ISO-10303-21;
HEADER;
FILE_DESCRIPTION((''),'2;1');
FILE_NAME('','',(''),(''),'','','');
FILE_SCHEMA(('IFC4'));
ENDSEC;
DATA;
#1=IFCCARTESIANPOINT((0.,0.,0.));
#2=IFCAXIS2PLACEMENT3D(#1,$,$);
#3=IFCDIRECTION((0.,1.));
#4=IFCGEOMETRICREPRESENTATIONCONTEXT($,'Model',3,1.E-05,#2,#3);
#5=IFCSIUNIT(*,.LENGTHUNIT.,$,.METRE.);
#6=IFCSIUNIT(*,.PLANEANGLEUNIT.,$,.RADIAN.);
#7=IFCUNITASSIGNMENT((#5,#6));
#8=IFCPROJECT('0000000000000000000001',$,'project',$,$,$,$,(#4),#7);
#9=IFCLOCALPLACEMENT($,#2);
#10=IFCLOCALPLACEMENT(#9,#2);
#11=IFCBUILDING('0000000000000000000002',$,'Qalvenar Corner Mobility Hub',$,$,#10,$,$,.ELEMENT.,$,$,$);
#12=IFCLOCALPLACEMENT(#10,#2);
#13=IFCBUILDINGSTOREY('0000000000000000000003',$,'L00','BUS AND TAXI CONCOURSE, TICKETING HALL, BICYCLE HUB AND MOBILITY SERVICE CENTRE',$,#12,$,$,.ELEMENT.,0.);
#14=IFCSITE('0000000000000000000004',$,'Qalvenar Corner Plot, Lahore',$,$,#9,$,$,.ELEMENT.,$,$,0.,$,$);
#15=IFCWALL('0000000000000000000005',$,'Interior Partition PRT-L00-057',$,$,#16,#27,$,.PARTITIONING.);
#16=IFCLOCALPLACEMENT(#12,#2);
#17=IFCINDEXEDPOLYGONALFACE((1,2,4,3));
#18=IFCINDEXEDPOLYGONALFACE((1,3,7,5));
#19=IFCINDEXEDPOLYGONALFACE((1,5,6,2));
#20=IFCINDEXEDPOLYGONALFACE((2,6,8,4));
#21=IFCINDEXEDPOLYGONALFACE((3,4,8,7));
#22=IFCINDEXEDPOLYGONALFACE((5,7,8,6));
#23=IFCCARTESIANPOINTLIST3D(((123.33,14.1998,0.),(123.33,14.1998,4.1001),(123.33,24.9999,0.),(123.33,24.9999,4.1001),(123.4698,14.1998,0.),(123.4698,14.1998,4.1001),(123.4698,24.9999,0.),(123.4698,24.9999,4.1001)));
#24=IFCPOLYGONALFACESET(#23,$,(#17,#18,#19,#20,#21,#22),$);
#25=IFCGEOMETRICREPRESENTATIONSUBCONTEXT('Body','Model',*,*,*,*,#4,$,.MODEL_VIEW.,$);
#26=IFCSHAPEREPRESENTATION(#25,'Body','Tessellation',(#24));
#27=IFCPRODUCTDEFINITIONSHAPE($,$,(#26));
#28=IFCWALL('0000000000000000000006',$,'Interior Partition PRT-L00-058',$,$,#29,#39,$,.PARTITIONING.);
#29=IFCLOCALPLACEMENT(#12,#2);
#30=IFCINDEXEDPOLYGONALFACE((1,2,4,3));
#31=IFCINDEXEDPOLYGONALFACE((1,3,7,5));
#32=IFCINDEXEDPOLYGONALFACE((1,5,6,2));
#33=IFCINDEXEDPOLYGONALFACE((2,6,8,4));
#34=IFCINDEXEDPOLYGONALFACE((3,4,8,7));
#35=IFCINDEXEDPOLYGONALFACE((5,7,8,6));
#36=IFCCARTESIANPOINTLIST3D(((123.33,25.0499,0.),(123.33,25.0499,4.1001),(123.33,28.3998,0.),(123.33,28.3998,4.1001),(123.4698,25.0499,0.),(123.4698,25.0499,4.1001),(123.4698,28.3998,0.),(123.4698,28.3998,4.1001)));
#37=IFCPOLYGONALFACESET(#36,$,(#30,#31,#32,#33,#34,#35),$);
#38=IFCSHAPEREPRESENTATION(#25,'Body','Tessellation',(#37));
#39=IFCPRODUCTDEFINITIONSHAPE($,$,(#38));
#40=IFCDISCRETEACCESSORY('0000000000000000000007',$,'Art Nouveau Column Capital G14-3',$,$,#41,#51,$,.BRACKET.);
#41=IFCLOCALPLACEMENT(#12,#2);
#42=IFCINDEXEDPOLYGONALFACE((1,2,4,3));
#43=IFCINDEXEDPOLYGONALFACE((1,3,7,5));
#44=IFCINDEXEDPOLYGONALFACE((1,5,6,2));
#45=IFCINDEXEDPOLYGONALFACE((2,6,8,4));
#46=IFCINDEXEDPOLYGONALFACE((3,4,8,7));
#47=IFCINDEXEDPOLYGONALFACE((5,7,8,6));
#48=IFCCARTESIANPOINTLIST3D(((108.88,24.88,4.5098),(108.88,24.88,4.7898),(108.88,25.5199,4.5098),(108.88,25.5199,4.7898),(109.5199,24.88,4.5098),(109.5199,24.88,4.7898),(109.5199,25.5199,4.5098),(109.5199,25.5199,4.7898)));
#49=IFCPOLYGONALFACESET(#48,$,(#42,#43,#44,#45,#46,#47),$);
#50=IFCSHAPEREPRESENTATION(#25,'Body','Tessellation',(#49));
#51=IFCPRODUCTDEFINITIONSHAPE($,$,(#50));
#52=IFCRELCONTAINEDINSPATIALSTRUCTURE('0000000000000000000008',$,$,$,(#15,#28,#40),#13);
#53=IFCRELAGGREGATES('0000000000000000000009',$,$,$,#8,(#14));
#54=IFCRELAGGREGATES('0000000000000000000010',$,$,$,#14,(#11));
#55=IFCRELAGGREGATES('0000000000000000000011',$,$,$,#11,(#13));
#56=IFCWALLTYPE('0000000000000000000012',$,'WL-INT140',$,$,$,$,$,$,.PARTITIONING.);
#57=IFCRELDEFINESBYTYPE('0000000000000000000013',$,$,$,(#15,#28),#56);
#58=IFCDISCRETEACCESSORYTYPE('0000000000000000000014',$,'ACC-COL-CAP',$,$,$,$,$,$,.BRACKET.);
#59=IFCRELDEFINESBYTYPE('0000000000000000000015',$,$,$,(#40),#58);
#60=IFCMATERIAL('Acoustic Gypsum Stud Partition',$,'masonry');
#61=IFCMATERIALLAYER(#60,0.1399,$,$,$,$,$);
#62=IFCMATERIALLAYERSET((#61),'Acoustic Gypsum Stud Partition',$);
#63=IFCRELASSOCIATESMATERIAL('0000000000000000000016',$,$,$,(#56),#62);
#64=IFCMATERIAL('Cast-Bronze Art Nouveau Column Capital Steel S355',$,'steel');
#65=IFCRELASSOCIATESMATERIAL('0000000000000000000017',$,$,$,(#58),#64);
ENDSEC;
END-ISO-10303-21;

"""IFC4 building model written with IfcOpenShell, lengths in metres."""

from ifc_helpers import new_model, si_unit, direction, frame, frame_2d, origin, origin_2d, place, context, subcontext, project, spatial, rectangle, extrude, material, layer, layer_set, type_object, element, save


model = new_model("IFC4")

# Units and contexts
model_context = context("Model", 3, precision=1e-05, world=origin(), true_north=direction((0.0, 1.0)))
body_context = subcontext(model_context, "Body", "Model", "MODEL_VIEW")
ifc_project = project(units=[si_unit("LENGTHUNIT", "METRE"), si_unit("PLANEANGLEUNIT", "RADIAN")], contexts=[model_context])

# Site, building, storey
site_placement = place(None, origin())
site = spatial("IfcSite", under=ifc_project, at=site_placement, Name="Qalvenar Corner Plot, Lahore", CompositionType="ELEMENT", RefElevation=0.0)
building_placement = place(site_placement, origin())
building = spatial("IfcBuilding", under=site, at=building_placement, Name="Qalvenar Corner Mobility Hub", CompositionType="ELEMENT")
storey_placement = place(building_placement, origin())
storey = spatial("IfcBuildingStorey", under=building, at=storey_placement, Name="L00", Description="BUS AND TAXI CONCOURSE, TICKETING HALL, BICYCLE HUB AND MOBILITY SERVICE CENTRE", CompositionType="ELEMENT", Elevation=0.0)

# Walls
ifc_material_1 = material(Name="Acoustic Gypsum Stud Partition", Category="masonry")
ifc_layer = layer(ifc_material_1, 0.1399)
ifc_layer_set = layer_set([ifc_layer], Name="Acoustic Gypsum Stud Partition")
wall_type = type_object("IfcWallType", Name="WL-INT140", PredefinedType="PARTITIONING", material=ifc_layer_set)
wall_1_placement = place(storey_placement, frame((123.3999, 14.2, 0.0), z_axis=(0.0, 0.0, 1.0), x_axis=(0.0, 1.0, 0.0)))
element("IfcWall", 1, at=wall_1_placement, inside=storey, type_object=wall_type, Name="Interior Partition PRT-L00-057", PredefinedType="PARTITIONING", context=body_context, shape_type="SweptSolid", body=[
    extrude(rectangle(XDim=10.8, YDim=0.1399, at=frame_2d((5.3999, 0.0))), origin(), (0.0, 0.0, 1.0), 4.1001),
])
wall_2_placement = place(storey_placement, frame((123.3999, 25.05, 0.0), z_axis=(0.0, 0.0, 1.0), x_axis=(0.0, 1.0, 0.0)))
element("IfcWall", 2, at=wall_2_placement, inside=storey, type_object=wall_type, Name="Interior Partition PRT-L00-058", PredefinedType="PARTITIONING", context=body_context, shape_type="SweptSolid", body=[
    extrude(rectangle(XDim=3.3499, YDim=0.1399, at=frame_2d((1.6748, 0.0))), origin(), (0.0, 0.0, 1.0), 4.1001),
])

# Discrete accessory
ifc_material_2 = material(Name="Cast-Bronze Art Nouveau Column Capital Steel S355", Category="steel")
discrete_accessory_type = type_object("IfcDiscreteAccessoryType", Name="ACC-COL-CAP", PredefinedType="BRACKET", material=ifc_material_2)
discrete_accessory_placement = place(storey_placement, frame((109.2, 25.2, 4.5098), z_axis=(0.0, 0.0, 1.0), x_axis=(1.0, 0.0, 0.0)))
element("IfcDiscreteAccessory", 3, at=discrete_accessory_placement, inside=storey, type_object=discrete_accessory_type, Name="Art Nouveau Column Capital G14-3", PredefinedType="BRACKET", context=body_context, shape_type="SweptSolid", body=[
    extrude(rectangle(XDim=0.6399, YDim=0.6399, at=origin_2d()), origin(), (0.0, 0.0, 1.0), 0.28),
])

save(model, "model.ifc")
